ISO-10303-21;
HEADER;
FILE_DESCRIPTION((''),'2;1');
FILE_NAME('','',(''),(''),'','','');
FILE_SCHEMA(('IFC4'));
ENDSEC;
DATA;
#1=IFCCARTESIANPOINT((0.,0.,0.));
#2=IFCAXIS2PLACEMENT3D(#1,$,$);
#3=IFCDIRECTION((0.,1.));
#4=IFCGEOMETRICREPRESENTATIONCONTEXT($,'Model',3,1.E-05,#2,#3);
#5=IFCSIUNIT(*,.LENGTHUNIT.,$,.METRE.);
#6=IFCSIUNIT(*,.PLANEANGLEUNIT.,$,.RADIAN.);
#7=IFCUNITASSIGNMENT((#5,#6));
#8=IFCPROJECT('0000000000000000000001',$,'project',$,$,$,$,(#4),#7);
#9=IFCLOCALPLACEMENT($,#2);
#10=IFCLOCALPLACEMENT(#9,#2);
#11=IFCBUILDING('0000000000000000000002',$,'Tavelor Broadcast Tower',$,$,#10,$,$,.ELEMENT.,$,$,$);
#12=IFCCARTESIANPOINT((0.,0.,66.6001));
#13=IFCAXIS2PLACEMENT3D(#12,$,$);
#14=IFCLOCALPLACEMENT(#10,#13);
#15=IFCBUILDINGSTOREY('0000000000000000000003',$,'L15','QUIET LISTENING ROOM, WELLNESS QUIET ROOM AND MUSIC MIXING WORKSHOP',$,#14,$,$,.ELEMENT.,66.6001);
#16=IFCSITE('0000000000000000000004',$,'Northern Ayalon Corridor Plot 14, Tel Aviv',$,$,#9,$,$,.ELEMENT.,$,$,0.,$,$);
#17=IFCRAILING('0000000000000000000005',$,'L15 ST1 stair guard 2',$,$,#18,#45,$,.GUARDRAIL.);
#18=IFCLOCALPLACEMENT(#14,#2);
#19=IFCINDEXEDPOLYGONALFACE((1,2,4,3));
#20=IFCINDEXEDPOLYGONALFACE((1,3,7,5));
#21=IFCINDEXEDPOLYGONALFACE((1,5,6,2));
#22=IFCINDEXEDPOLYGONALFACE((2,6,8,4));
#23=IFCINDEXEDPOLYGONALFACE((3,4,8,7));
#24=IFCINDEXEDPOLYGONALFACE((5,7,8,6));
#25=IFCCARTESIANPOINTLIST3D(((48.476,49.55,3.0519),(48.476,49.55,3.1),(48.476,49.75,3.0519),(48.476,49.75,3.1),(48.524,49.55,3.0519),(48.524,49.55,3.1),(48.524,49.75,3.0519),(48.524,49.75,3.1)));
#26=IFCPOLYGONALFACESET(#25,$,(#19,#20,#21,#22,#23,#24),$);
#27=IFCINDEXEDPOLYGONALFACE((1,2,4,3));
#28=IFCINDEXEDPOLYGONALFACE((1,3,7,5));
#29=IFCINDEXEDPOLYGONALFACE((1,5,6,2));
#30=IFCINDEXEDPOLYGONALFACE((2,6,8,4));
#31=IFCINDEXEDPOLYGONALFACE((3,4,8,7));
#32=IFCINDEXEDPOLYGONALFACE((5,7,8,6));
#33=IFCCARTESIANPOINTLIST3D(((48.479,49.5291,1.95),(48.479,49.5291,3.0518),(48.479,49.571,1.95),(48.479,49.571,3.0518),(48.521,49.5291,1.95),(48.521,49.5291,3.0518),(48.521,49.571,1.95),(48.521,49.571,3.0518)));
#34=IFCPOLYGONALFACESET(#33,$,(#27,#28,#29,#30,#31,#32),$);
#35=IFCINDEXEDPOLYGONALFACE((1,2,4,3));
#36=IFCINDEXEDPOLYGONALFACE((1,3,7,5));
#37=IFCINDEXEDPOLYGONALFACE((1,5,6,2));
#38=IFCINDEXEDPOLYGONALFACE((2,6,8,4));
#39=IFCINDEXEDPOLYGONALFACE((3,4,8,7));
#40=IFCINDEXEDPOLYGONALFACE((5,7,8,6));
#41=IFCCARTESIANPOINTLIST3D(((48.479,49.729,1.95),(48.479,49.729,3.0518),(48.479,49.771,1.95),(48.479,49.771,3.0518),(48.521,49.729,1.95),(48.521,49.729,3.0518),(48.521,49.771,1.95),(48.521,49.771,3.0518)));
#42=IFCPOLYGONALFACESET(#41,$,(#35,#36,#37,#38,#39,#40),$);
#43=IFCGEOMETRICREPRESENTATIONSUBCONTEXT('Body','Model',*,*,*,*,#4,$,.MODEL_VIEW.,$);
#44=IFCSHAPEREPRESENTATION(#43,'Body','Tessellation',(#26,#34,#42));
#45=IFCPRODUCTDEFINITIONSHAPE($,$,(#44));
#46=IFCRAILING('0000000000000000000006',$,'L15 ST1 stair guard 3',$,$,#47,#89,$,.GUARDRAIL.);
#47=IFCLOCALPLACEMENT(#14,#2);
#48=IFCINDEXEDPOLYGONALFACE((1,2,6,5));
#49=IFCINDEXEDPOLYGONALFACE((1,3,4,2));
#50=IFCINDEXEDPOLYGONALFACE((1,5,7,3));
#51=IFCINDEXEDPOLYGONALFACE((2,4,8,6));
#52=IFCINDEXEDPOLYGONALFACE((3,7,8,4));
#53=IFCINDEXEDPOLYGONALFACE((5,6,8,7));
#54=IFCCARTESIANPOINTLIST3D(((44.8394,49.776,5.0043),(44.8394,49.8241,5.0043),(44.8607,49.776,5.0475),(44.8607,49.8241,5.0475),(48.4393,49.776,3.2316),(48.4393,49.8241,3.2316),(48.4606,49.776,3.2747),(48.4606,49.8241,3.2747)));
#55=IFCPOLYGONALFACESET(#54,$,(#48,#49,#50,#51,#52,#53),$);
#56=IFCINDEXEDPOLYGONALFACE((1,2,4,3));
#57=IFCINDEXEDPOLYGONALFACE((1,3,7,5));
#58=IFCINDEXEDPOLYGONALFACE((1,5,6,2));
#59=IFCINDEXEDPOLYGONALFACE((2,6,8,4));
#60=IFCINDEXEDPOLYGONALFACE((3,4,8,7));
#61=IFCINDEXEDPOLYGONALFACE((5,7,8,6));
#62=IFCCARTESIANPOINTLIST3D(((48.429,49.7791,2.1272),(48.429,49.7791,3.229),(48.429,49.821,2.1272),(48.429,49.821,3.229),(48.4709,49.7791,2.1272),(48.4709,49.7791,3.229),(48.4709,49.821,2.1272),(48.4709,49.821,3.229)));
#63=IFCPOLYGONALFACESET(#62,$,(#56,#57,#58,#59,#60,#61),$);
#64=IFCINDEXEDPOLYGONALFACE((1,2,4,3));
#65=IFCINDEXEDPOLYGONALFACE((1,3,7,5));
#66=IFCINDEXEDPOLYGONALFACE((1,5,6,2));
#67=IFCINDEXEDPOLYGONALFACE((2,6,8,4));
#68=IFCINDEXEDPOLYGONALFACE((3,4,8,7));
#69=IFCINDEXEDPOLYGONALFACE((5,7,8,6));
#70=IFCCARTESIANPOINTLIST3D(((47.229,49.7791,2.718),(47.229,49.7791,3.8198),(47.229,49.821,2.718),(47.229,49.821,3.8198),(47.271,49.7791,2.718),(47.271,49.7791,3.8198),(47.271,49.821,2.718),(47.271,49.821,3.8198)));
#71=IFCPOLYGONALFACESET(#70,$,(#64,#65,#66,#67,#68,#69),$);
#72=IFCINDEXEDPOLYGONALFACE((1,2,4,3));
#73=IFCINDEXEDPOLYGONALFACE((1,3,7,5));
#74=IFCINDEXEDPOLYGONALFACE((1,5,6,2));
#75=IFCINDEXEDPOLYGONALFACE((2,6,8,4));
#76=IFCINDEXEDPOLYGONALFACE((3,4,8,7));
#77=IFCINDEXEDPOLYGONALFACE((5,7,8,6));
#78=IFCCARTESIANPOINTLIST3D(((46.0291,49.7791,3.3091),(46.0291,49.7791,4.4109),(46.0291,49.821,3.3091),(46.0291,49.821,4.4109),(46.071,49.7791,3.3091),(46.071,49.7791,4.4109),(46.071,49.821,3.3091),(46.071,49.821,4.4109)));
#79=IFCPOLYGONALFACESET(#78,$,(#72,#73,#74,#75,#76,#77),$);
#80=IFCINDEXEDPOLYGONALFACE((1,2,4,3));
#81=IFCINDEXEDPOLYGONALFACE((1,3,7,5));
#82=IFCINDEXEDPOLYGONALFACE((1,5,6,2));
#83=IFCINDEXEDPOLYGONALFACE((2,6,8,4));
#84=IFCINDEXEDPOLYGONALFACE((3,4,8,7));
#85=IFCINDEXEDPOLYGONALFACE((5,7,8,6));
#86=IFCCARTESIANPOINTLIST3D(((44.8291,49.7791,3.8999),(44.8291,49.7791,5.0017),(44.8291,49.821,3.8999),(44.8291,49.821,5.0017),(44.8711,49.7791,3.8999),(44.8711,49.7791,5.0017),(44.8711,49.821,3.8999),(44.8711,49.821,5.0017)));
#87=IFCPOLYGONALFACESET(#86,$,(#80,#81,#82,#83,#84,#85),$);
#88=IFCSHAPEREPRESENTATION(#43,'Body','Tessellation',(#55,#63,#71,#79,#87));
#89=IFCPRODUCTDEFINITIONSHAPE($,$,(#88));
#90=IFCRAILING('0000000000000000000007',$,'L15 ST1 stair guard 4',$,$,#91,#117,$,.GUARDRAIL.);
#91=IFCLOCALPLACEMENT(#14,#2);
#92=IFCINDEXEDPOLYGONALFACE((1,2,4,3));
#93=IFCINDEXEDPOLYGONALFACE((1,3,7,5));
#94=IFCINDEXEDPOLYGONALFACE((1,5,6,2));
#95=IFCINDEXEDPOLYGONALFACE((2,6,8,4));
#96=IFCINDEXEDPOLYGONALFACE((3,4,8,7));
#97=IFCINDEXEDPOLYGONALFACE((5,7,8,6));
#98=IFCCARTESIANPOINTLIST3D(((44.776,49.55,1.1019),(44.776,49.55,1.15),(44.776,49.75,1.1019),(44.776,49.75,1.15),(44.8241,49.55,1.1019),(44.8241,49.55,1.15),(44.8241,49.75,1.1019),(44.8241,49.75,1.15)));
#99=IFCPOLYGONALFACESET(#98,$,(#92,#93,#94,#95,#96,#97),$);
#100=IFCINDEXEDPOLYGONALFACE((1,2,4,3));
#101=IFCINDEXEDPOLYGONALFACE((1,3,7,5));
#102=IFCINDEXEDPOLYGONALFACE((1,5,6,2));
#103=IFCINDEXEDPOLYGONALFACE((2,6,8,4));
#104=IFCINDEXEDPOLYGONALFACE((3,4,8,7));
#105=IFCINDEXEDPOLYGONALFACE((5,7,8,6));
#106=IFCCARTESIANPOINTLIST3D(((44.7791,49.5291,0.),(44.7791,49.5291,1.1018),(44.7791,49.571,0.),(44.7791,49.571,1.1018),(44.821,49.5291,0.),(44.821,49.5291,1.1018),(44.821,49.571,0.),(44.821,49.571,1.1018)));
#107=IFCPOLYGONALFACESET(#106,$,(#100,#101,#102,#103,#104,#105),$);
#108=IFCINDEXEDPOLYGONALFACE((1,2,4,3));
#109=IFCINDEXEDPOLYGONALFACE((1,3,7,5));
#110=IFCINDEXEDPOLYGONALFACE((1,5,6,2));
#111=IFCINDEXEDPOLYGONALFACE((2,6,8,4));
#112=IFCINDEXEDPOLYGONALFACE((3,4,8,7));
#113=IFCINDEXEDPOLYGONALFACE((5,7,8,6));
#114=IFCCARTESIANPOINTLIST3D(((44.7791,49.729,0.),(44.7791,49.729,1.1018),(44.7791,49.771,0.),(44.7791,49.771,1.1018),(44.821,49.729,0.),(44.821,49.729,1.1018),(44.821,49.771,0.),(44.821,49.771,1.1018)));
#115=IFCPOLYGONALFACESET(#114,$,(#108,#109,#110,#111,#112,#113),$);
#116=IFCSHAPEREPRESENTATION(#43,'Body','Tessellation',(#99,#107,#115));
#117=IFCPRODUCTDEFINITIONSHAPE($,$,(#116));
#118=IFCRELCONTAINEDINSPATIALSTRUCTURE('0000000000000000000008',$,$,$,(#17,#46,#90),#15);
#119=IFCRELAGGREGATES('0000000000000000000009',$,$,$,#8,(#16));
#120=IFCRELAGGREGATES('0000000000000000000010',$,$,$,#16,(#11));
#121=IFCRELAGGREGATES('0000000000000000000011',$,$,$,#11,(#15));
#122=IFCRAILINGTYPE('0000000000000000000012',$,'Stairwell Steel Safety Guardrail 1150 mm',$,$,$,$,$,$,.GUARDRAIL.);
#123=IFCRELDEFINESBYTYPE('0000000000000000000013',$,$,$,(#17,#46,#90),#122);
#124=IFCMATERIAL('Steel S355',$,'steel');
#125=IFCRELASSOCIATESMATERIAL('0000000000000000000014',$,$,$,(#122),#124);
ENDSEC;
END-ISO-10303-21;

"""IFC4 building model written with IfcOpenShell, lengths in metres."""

from ifc_helpers import new_model, si_unit, direction, frame, origin, origin_2d, place, context, subcontext, project, spatial, rectangle, extrude, material, type_object, element, save


model = new_model("IFC4")

# Units and contexts
model_context = context("Model", 3, precision=1e-05, world=origin(), true_north=direction((0.0, 1.0)))
body_context = subcontext(model_context, "Body", "Model", "MODEL_VIEW")
ifc_project = project(units=[si_unit("LENGTHUNIT", "METRE"), si_unit("PLANEANGLEUNIT", "RADIAN")], contexts=[model_context])

# Site, building, storey
site_placement = place(None, origin())
site = spatial("IfcSite", under=ifc_project, at=site_placement, Name="Northern Ayalon Corridor Plot 14, Tel Aviv", CompositionType="ELEMENT", RefElevation=0.0)
building_placement = place(site_placement, origin())
building = spatial("IfcBuilding", under=site, at=building_placement, Name="Tavelor Broadcast Tower", CompositionType="ELEMENT")
storey_placement = place(building_placement, frame((0.0, 0.0, 66.6001)))
storey = spatial("IfcBuildingStorey", under=building, at=storey_placement, Name="L15", Description="QUIET LISTENING ROOM, WELLNESS QUIET ROOM AND MUSIC MIXING WORKSHOP", CompositionType="ELEMENT", Elevation=66.6001)

# Shared definitions
ifc_material_1 = material(Name="Steel S355", Category="steel")

# Railings
railing_type_1 = type_object("IfcRailingType", Name="Stairwell Steel Safety Guardrail 1150 mm", PredefinedType="GUARDRAIL", material=ifc_material_1)
railing_1_placement = place(storey_placement, frame((48.5, 49.55, 1.95)))
element("IfcRailing", 1, at=railing_1_placement, inside=storey, type_object=railing_type_1, Name="L15 ST1 stair guard 2", PredefinedType="GUARDRAIL", context=body_context, shape_type="SweptSolid", body=[
    extrude(rectangle(XDim=0.0481, YDim=0.0481, at=origin_2d()), frame((0.0, 0.0, 1.126), z_axis=(0.0, 1.0, 0.0), x_axis=(-1.0, 0.0, 0.0)), (0.0, 0.0, 1.0), 0.2),
    extrude(rectangle(XDim=0.042, YDim=0.042, at=origin_2d()), origin(), (0.0, 0.0, 1.0), 1.1018),
    extrude(rectangle(XDim=0.042, YDim=0.042, at=origin_2d()), frame((0.0, 0.2, 0.0)), (0.0, 0.0, 1.0), 1.1018),
])
railing_2_placement = place(storey_placement, frame((48.45, 49.8, 2.1272)))
element("IfcRailing", 2, at=railing_2_placement, inside=storey, type_object=railing_type_1, Name="L15 ST1 stair guard 3", PredefinedType="GUARDRAIL", context=body_context, shape_type="SweptSolid", body=[
    extrude(rectangle(XDim=0.0481, YDim=0.0481, at=origin_2d()), frame((0.0, 0.0, 1.126), z_axis=(-0.897124, 0.0, 0.441778), x_axis=(0.0, -1.0, 0.0)), (0.0, 0.0, 1.0), 4.0127),
    extrude(rectangle(XDim=0.042, YDim=0.042, at=origin_2d()), origin(), (0.0, 0.0, 1.0), 1.1018),
    extrude(rectangle(XDim=0.042, YDim=0.042, at=origin_2d()), frame((-1.2, 0.0, 0.5908)), (0.0, 0.0, 1.0), 1.1018),
    extrude(rectangle(XDim=0.042, YDim=0.042, at=origin_2d()), frame((-2.3999, 0.0, 1.1819)), (0.0, 0.0, 1.0), 1.1018),
    extrude(rectangle(XDim=0.042, YDim=0.042, at=origin_2d()), frame((-3.5999, 0.0, 1.7727)), (0.0, 0.0, 1.0), 1.1018),
])
railing_3_placement = place(storey_placement, frame((44.8, 49.55, 0.0)))
element("IfcRailing", 3, at=railing_3_placement, inside=storey, type_object=railing_type_1, Name="L15 ST1 stair guard 4", PredefinedType="GUARDRAIL", context=body_context, shape_type="SweptSolid", body=[
    extrude(rectangle(XDim=0.0481, YDim=0.0481, at=origin_2d()), frame((0.0, 0.0, 1.126), z_axis=(0.0, 1.0, 0.0), x_axis=(-1.0, 0.0, 0.0)), (0.0, 0.0, 1.0), 0.2),
    extrude(rectangle(XDim=0.042, YDim=0.042, at=origin_2d()), origin(), (0.0, 0.0, 1.0), 1.1018),
    extrude(rectangle(XDim=0.042, YDim=0.042, at=origin_2d()), frame((0.0, 0.2, 0.0)), (0.0, 0.0, 1.0), 1.1018),
])

save(model, "model.ifc")
